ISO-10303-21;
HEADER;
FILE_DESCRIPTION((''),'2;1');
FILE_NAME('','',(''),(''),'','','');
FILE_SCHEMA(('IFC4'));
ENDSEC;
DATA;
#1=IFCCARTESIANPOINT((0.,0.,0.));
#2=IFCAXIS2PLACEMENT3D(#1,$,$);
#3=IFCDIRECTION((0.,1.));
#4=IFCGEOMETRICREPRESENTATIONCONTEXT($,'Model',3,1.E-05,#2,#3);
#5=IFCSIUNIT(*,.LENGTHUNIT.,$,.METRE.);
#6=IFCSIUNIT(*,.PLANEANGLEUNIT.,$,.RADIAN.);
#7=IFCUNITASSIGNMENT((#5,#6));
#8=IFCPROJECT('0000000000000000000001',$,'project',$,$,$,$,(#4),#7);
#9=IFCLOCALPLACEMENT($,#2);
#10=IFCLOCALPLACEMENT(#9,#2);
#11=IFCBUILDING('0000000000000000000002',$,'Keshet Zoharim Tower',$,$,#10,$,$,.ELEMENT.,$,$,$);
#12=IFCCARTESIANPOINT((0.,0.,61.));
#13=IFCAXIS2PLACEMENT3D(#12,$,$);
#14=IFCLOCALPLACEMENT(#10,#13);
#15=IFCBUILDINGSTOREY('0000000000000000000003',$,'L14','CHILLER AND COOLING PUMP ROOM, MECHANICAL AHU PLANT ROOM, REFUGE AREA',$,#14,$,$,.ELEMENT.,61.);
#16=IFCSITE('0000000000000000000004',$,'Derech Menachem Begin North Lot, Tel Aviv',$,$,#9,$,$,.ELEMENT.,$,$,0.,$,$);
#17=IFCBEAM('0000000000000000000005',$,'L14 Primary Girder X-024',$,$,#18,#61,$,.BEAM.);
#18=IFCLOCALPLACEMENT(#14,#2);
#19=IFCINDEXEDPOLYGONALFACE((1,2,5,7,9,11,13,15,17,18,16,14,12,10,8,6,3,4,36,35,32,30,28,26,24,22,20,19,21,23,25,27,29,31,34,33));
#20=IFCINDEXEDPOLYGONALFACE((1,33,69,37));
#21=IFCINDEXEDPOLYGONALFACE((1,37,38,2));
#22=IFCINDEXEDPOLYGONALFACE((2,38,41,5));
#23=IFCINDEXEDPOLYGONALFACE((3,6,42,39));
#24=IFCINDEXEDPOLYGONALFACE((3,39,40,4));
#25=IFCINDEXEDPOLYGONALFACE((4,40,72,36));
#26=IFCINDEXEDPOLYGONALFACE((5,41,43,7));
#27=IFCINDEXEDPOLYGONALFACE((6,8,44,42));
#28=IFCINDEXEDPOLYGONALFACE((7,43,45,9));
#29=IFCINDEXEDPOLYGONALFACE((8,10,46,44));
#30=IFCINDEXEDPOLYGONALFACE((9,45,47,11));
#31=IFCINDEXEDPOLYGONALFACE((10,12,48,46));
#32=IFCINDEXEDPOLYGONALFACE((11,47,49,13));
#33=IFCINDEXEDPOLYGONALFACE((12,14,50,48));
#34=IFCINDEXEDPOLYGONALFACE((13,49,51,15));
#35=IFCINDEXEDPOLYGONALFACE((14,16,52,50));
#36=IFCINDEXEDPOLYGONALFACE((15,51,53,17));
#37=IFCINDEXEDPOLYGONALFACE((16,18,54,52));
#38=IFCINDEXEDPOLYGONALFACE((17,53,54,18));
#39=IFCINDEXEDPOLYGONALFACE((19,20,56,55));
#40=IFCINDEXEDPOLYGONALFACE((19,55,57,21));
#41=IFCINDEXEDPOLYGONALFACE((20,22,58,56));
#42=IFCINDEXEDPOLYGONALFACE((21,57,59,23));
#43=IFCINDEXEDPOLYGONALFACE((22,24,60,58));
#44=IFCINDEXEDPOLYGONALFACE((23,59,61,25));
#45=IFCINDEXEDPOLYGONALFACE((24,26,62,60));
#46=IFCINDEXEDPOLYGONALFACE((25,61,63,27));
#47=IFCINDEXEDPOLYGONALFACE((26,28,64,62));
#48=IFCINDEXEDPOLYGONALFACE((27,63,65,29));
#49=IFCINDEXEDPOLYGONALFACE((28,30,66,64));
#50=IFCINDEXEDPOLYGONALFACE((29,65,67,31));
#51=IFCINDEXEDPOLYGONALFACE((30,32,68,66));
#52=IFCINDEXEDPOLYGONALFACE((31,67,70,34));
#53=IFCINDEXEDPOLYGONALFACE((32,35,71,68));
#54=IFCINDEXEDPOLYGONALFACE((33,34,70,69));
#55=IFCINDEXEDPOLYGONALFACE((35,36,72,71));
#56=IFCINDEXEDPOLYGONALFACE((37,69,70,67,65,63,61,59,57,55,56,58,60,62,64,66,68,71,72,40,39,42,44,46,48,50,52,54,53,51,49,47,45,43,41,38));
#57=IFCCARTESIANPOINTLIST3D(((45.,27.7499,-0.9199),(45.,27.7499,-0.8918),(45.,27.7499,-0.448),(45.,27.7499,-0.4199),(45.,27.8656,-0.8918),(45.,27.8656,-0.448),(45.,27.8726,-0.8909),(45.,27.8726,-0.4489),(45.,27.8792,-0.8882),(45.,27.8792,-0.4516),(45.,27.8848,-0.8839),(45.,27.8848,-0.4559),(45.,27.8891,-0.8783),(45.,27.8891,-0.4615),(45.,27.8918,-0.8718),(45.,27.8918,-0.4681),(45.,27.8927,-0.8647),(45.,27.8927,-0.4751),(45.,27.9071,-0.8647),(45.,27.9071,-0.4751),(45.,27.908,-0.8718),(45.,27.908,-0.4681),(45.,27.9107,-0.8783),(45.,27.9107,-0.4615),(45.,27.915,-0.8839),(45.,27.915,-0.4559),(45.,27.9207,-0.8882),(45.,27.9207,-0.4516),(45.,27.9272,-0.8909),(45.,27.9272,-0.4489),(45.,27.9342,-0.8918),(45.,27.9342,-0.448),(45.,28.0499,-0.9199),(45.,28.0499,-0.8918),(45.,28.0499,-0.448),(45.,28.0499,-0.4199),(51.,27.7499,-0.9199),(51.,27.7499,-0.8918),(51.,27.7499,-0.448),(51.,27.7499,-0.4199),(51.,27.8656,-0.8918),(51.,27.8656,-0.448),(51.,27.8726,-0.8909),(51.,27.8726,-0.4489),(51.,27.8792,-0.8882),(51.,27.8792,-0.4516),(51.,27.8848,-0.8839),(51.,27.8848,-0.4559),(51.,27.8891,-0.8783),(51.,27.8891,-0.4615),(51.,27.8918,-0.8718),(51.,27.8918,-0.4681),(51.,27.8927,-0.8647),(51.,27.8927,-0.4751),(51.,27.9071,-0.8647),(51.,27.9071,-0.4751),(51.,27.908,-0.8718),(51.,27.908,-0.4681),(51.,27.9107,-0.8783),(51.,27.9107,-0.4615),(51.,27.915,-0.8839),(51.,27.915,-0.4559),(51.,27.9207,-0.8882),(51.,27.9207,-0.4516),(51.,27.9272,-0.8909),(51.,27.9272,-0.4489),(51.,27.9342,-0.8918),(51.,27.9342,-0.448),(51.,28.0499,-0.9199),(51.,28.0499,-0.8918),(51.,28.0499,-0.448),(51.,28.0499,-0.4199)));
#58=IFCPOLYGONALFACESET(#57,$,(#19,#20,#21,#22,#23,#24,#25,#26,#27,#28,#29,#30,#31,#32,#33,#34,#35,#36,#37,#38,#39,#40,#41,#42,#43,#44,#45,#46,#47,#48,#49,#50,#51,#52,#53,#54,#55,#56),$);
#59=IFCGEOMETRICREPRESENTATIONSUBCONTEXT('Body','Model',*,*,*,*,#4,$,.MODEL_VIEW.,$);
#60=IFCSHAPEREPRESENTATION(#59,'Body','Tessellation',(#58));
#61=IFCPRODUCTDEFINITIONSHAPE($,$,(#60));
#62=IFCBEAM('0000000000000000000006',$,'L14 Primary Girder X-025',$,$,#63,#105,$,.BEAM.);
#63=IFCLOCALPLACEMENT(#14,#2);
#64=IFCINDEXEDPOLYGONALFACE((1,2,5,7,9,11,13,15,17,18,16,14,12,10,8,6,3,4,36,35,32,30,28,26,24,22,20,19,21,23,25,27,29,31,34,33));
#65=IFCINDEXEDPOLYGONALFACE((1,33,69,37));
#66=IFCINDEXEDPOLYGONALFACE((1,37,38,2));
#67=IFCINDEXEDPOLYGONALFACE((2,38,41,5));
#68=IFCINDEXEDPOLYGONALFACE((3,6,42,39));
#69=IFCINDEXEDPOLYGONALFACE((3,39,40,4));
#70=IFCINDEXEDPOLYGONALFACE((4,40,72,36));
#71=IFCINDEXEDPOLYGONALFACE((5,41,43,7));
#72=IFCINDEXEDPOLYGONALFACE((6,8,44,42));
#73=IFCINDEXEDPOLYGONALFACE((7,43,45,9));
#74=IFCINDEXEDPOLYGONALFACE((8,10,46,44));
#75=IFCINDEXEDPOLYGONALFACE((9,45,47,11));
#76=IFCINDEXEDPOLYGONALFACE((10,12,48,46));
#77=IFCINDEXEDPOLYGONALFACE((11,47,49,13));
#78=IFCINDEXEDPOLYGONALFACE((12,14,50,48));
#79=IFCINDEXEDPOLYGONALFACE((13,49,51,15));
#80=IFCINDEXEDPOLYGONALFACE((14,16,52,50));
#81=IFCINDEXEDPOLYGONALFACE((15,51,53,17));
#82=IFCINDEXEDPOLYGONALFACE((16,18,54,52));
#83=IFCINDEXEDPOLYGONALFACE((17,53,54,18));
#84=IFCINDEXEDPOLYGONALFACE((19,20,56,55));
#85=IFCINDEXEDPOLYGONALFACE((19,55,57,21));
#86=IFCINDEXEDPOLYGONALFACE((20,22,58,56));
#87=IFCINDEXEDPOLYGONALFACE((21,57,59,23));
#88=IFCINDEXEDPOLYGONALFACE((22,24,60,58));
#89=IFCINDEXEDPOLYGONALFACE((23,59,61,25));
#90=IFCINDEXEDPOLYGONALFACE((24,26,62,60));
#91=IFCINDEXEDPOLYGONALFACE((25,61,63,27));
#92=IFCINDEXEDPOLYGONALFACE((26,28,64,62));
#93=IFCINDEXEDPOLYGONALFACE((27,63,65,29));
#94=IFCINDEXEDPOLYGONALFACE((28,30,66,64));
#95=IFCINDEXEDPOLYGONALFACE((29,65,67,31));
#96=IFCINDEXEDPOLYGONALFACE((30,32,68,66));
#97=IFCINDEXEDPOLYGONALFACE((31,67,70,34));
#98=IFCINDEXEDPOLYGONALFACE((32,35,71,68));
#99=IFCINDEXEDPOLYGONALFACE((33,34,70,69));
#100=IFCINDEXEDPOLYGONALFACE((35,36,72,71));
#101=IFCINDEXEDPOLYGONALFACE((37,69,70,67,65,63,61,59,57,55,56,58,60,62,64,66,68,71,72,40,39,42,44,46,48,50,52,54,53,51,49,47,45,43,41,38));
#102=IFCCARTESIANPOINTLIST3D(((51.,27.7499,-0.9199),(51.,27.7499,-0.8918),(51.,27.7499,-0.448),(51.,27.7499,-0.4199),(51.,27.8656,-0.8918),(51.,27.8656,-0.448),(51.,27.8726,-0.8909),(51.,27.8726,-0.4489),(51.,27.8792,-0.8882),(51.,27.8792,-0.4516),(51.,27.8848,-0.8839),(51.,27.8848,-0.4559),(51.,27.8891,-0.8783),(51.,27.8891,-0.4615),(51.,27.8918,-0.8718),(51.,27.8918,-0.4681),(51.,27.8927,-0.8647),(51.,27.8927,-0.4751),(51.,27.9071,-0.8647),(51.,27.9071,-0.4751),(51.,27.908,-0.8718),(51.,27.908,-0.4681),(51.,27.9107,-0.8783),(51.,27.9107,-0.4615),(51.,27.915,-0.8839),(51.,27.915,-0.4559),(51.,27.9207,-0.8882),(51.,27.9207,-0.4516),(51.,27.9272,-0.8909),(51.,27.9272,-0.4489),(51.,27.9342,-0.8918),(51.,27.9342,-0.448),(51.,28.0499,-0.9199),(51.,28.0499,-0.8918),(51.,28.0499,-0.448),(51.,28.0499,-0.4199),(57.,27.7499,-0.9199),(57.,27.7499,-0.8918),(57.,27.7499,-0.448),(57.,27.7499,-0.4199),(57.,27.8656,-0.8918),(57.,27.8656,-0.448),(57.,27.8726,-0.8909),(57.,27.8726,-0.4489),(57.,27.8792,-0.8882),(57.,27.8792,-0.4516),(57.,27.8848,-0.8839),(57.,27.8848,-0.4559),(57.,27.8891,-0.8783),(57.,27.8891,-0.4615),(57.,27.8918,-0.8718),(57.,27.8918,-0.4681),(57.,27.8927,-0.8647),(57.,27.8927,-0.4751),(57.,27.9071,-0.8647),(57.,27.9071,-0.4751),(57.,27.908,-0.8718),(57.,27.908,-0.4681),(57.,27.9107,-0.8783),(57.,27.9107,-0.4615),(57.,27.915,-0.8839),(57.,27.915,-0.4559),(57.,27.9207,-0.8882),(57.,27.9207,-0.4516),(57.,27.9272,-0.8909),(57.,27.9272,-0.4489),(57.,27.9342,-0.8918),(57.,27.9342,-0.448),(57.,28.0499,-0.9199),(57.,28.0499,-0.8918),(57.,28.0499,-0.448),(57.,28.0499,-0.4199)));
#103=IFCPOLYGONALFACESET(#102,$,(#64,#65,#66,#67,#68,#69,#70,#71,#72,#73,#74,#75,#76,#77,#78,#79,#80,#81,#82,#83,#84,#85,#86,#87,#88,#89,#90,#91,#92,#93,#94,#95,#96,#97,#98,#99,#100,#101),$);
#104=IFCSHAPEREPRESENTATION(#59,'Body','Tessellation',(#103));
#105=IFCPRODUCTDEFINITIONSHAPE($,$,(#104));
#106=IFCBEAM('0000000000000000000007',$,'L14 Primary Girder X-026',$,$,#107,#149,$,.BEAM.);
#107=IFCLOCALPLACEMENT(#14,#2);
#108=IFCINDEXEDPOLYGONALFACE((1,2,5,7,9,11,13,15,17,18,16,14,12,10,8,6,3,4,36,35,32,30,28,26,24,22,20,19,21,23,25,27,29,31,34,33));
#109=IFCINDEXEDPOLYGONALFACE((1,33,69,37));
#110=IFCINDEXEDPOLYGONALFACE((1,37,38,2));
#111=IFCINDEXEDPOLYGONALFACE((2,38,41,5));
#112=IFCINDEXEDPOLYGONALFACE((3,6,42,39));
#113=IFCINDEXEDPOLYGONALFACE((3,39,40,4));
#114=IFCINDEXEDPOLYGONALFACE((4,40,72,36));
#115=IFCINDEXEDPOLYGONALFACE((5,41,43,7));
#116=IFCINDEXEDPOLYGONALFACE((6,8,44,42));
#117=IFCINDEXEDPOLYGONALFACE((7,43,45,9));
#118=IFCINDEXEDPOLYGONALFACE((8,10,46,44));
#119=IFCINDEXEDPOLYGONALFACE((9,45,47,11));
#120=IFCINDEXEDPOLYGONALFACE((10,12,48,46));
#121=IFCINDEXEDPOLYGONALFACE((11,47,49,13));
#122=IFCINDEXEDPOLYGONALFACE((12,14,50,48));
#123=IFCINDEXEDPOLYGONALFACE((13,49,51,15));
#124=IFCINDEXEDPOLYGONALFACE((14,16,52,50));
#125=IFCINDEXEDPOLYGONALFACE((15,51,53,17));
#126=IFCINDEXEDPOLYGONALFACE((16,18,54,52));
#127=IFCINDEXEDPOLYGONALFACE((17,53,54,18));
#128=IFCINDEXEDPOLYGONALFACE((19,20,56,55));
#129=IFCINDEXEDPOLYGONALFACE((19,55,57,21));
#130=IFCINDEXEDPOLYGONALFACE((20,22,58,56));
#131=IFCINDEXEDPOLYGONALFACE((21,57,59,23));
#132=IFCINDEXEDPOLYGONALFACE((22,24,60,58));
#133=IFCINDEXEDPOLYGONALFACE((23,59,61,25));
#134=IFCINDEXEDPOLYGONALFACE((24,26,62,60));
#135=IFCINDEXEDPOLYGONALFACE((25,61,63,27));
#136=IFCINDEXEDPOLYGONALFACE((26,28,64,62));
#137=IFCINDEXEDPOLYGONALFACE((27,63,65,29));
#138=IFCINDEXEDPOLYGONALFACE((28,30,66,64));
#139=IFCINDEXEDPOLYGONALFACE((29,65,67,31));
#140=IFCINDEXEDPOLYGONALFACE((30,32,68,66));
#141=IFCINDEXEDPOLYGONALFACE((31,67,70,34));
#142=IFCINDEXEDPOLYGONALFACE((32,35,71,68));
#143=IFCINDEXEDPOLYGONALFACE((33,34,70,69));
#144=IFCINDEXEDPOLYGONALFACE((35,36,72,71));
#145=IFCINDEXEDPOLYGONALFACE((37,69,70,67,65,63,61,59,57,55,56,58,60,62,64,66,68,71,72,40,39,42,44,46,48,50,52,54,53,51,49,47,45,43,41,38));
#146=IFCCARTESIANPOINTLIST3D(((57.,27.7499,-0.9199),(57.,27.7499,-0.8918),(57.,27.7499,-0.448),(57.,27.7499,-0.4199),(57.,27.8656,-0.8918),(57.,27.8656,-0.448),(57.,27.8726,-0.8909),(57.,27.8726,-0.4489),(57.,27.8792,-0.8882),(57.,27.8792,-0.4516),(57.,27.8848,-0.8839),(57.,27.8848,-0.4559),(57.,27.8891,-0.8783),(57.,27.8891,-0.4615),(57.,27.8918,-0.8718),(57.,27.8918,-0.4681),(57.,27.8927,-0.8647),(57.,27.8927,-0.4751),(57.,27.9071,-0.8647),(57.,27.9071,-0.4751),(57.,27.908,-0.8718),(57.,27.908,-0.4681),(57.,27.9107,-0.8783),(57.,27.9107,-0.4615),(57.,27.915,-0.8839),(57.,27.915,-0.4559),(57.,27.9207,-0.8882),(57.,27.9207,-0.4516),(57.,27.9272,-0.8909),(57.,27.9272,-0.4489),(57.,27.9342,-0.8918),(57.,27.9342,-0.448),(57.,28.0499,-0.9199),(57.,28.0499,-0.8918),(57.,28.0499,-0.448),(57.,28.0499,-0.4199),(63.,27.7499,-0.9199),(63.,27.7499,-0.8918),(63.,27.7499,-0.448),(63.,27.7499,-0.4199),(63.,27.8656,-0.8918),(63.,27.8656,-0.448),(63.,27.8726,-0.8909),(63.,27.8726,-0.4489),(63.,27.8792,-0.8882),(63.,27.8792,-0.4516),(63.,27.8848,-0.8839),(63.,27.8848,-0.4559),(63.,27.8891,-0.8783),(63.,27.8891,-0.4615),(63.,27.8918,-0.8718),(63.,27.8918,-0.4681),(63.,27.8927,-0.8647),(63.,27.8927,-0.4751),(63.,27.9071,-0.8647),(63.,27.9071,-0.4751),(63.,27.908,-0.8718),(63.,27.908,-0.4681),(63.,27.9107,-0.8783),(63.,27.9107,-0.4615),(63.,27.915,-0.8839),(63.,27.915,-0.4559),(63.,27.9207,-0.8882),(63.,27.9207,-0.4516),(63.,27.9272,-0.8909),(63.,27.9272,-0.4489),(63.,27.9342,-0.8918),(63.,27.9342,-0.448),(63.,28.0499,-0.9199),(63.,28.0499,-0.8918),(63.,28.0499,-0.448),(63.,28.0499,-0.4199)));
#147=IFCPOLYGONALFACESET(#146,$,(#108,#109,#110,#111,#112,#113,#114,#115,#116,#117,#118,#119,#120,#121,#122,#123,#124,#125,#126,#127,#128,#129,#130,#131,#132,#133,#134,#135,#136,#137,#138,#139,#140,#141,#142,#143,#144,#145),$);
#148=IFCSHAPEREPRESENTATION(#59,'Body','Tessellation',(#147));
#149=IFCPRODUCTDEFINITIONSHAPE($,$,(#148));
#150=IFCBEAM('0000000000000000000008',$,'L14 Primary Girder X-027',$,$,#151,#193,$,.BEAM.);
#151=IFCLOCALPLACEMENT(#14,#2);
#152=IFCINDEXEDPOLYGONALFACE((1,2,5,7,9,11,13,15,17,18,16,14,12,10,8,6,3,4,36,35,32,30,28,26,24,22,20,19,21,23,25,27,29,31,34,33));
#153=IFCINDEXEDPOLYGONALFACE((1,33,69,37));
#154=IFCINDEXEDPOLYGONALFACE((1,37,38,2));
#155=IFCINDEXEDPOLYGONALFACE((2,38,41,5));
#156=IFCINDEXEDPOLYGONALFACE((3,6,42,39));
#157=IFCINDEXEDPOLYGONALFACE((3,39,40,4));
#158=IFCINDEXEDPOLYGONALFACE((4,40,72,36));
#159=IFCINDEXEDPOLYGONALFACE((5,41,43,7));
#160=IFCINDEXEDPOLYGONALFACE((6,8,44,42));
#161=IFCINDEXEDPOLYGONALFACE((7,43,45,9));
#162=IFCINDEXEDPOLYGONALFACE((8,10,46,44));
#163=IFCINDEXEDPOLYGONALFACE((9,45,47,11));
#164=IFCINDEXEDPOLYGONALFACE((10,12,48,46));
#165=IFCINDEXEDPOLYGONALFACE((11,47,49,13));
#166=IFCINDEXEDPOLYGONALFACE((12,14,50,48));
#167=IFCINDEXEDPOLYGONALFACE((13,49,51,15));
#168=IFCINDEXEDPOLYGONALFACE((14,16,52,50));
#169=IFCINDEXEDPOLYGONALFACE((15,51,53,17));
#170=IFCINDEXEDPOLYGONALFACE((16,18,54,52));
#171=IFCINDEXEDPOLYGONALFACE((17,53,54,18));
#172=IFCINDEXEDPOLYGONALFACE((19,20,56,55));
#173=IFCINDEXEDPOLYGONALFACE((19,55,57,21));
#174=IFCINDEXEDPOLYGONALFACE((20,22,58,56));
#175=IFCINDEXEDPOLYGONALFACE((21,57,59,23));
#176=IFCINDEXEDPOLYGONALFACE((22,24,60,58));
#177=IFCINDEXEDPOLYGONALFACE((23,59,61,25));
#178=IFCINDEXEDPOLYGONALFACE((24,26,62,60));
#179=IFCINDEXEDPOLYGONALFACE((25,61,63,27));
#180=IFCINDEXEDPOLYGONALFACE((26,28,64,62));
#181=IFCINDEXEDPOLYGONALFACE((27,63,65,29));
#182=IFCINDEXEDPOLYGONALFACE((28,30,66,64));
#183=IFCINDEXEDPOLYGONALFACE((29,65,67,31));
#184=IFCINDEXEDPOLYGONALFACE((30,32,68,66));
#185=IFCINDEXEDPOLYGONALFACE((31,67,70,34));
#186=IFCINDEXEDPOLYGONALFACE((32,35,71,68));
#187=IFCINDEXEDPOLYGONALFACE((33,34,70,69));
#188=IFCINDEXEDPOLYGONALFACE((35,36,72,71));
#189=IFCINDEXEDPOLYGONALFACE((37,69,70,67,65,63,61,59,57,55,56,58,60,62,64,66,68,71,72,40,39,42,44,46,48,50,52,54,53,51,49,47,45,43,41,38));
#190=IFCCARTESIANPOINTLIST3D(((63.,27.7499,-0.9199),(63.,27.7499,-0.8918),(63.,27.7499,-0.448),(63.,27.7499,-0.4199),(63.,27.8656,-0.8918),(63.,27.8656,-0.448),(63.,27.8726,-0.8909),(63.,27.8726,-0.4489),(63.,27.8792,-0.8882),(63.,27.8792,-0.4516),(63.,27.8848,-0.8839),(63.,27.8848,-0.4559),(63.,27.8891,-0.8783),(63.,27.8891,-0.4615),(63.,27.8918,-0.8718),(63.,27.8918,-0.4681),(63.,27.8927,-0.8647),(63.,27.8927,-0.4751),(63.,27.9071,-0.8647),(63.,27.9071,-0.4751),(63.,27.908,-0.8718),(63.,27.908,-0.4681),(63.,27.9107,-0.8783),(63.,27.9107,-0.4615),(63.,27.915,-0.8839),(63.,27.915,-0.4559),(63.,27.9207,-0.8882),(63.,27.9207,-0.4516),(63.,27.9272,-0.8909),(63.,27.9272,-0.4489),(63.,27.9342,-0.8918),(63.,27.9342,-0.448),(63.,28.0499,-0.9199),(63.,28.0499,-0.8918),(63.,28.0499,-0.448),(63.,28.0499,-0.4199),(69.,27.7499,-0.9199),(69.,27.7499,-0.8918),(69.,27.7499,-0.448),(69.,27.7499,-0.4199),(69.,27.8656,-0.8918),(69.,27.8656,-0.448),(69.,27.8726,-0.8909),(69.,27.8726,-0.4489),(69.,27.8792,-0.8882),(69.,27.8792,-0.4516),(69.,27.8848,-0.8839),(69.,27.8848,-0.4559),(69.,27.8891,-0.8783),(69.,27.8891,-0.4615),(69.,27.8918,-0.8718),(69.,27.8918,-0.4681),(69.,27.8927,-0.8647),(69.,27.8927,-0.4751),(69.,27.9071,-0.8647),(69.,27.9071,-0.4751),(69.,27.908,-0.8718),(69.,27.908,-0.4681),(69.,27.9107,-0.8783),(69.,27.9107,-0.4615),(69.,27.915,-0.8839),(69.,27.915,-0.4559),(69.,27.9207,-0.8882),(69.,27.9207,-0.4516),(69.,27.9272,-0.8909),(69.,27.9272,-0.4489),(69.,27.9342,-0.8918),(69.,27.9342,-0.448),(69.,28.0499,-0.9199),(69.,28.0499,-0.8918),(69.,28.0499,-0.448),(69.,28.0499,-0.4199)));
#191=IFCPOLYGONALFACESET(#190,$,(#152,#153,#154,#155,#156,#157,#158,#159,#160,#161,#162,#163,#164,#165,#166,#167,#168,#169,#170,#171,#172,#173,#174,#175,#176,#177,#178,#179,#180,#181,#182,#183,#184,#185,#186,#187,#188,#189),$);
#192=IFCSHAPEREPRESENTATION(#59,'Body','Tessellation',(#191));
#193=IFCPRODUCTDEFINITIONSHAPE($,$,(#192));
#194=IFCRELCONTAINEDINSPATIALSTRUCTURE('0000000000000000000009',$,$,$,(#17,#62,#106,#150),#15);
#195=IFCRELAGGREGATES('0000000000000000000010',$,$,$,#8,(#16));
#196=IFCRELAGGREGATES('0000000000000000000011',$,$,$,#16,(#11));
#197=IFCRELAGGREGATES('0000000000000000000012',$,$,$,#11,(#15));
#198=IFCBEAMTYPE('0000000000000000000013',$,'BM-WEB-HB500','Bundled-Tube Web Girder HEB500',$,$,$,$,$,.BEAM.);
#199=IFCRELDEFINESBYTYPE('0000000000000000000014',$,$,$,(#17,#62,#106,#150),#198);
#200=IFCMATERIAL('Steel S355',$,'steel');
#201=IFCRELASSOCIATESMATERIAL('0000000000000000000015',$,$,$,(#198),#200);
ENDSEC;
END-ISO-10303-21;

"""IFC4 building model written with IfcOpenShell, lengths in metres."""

from ifc_helpers import new_model, si_unit, direction, frame, origin, origin_2d, place, context, subcontext, project, spatial, i_section, extrude, material, material_profile, profile_set, type_object, element, save


model = new_model("IFC4")

# Units and contexts
model_context = context("Model", 3, precision=1e-05, world=origin(), true_north=direction((0.0, 1.0)))
body_context = subcontext(model_context, "Body", "Model", "MODEL_VIEW")
ifc_project = project(units=[si_unit("LENGTHUNIT", "METRE"), si_unit("PLANEANGLEUNIT", "RADIAN")], contexts=[model_context])

# Site, building, storey
site_placement = place(None, origin())
site = spatial("IfcSite", under=ifc_project, at=site_placement, Name="Derech Menachem Begin North Lot, Tel Aviv", CompositionType="ELEMENT", RefElevation=0.0)
building_placement = place(site_placement, origin())
building = spatial("IfcBuilding", under=site, at=building_placement, Name="Keshet Zoharim Tower", CompositionType="ELEMENT")
storey_placement = place(building_placement, frame((0.0, 0.0, 61.0)))
storey = spatial("IfcBuildingStorey", under=building, at=storey_placement, Name="L14", Description="CHILLER AND COOLING PUMP ROOM, MECHANICAL AHU PLANT ROOM, REFUGE AREA", CompositionType="ELEMENT", Elevation=61.0)

# Shared definitions
ifc_material_1 = material(Name="Steel S355", Category="steel")

# Beams
ifc_material_profile_1 = material_profile(ifc_material_1, i_section(OverallWidth=0.3, OverallDepth=0.5, WebThickness=0.0144, FlangeThickness=0.0281, FilletRadius=0.0271, at=origin_2d()), Name="HEB500")
ifc_profile_set_1 = profile_set([ifc_material_profile_1], Name="Steel S355")
beam_type_1 = type_object("IfcBeamType", Name="BM-WEB-HB500", Description="Bundled-Tube Web Girder HEB500", PredefinedType="BEAM", material=ifc_profile_set_1)
for number, where, z_axis, x_axis, name in (
    (1, (45.0, 27.8999, -0.6699), (1.0, 0.0, 0.0), (0.0, 1.0, 0.0), "L14 Primary Girder X-024"),
    (2, (51.0, 27.8999, -0.6699), (1.0, 0.0, 0.0), (0.0, 1.0, 0.0), "L14 Primary Girder X-025"),
    (3, (57.0, 27.8999, -0.6699), (1.0, 0.0, 0.0), (0.0, 1.0, 0.0), "L14 Primary Girder X-026"),
    (4, (63.0, 27.8999, -0.6699), (1.0, 0.0, 0.0), (0.0, 1.0, 0.0), "L14 Primary Girder X-027"),
):
    element("IfcBeam", number, at=place(storey_placement, frame(where, z_axis=z_axis, x_axis=x_axis)), inside=storey, type_object=beam_type_1, Name=name, PredefinedType="BEAM", context=body_context, shape_type="SweptSolid", body=[
        extrude(i_section(OverallWidth=0.3, OverallDepth=0.5, WebThickness=0.0144, FlangeThickness=0.0281, FilletRadius=0.0271, at=origin_2d()), origin(), (0.0, 0.0, 1.0), 6.0),
    ])

save(model, "model.ifc")
